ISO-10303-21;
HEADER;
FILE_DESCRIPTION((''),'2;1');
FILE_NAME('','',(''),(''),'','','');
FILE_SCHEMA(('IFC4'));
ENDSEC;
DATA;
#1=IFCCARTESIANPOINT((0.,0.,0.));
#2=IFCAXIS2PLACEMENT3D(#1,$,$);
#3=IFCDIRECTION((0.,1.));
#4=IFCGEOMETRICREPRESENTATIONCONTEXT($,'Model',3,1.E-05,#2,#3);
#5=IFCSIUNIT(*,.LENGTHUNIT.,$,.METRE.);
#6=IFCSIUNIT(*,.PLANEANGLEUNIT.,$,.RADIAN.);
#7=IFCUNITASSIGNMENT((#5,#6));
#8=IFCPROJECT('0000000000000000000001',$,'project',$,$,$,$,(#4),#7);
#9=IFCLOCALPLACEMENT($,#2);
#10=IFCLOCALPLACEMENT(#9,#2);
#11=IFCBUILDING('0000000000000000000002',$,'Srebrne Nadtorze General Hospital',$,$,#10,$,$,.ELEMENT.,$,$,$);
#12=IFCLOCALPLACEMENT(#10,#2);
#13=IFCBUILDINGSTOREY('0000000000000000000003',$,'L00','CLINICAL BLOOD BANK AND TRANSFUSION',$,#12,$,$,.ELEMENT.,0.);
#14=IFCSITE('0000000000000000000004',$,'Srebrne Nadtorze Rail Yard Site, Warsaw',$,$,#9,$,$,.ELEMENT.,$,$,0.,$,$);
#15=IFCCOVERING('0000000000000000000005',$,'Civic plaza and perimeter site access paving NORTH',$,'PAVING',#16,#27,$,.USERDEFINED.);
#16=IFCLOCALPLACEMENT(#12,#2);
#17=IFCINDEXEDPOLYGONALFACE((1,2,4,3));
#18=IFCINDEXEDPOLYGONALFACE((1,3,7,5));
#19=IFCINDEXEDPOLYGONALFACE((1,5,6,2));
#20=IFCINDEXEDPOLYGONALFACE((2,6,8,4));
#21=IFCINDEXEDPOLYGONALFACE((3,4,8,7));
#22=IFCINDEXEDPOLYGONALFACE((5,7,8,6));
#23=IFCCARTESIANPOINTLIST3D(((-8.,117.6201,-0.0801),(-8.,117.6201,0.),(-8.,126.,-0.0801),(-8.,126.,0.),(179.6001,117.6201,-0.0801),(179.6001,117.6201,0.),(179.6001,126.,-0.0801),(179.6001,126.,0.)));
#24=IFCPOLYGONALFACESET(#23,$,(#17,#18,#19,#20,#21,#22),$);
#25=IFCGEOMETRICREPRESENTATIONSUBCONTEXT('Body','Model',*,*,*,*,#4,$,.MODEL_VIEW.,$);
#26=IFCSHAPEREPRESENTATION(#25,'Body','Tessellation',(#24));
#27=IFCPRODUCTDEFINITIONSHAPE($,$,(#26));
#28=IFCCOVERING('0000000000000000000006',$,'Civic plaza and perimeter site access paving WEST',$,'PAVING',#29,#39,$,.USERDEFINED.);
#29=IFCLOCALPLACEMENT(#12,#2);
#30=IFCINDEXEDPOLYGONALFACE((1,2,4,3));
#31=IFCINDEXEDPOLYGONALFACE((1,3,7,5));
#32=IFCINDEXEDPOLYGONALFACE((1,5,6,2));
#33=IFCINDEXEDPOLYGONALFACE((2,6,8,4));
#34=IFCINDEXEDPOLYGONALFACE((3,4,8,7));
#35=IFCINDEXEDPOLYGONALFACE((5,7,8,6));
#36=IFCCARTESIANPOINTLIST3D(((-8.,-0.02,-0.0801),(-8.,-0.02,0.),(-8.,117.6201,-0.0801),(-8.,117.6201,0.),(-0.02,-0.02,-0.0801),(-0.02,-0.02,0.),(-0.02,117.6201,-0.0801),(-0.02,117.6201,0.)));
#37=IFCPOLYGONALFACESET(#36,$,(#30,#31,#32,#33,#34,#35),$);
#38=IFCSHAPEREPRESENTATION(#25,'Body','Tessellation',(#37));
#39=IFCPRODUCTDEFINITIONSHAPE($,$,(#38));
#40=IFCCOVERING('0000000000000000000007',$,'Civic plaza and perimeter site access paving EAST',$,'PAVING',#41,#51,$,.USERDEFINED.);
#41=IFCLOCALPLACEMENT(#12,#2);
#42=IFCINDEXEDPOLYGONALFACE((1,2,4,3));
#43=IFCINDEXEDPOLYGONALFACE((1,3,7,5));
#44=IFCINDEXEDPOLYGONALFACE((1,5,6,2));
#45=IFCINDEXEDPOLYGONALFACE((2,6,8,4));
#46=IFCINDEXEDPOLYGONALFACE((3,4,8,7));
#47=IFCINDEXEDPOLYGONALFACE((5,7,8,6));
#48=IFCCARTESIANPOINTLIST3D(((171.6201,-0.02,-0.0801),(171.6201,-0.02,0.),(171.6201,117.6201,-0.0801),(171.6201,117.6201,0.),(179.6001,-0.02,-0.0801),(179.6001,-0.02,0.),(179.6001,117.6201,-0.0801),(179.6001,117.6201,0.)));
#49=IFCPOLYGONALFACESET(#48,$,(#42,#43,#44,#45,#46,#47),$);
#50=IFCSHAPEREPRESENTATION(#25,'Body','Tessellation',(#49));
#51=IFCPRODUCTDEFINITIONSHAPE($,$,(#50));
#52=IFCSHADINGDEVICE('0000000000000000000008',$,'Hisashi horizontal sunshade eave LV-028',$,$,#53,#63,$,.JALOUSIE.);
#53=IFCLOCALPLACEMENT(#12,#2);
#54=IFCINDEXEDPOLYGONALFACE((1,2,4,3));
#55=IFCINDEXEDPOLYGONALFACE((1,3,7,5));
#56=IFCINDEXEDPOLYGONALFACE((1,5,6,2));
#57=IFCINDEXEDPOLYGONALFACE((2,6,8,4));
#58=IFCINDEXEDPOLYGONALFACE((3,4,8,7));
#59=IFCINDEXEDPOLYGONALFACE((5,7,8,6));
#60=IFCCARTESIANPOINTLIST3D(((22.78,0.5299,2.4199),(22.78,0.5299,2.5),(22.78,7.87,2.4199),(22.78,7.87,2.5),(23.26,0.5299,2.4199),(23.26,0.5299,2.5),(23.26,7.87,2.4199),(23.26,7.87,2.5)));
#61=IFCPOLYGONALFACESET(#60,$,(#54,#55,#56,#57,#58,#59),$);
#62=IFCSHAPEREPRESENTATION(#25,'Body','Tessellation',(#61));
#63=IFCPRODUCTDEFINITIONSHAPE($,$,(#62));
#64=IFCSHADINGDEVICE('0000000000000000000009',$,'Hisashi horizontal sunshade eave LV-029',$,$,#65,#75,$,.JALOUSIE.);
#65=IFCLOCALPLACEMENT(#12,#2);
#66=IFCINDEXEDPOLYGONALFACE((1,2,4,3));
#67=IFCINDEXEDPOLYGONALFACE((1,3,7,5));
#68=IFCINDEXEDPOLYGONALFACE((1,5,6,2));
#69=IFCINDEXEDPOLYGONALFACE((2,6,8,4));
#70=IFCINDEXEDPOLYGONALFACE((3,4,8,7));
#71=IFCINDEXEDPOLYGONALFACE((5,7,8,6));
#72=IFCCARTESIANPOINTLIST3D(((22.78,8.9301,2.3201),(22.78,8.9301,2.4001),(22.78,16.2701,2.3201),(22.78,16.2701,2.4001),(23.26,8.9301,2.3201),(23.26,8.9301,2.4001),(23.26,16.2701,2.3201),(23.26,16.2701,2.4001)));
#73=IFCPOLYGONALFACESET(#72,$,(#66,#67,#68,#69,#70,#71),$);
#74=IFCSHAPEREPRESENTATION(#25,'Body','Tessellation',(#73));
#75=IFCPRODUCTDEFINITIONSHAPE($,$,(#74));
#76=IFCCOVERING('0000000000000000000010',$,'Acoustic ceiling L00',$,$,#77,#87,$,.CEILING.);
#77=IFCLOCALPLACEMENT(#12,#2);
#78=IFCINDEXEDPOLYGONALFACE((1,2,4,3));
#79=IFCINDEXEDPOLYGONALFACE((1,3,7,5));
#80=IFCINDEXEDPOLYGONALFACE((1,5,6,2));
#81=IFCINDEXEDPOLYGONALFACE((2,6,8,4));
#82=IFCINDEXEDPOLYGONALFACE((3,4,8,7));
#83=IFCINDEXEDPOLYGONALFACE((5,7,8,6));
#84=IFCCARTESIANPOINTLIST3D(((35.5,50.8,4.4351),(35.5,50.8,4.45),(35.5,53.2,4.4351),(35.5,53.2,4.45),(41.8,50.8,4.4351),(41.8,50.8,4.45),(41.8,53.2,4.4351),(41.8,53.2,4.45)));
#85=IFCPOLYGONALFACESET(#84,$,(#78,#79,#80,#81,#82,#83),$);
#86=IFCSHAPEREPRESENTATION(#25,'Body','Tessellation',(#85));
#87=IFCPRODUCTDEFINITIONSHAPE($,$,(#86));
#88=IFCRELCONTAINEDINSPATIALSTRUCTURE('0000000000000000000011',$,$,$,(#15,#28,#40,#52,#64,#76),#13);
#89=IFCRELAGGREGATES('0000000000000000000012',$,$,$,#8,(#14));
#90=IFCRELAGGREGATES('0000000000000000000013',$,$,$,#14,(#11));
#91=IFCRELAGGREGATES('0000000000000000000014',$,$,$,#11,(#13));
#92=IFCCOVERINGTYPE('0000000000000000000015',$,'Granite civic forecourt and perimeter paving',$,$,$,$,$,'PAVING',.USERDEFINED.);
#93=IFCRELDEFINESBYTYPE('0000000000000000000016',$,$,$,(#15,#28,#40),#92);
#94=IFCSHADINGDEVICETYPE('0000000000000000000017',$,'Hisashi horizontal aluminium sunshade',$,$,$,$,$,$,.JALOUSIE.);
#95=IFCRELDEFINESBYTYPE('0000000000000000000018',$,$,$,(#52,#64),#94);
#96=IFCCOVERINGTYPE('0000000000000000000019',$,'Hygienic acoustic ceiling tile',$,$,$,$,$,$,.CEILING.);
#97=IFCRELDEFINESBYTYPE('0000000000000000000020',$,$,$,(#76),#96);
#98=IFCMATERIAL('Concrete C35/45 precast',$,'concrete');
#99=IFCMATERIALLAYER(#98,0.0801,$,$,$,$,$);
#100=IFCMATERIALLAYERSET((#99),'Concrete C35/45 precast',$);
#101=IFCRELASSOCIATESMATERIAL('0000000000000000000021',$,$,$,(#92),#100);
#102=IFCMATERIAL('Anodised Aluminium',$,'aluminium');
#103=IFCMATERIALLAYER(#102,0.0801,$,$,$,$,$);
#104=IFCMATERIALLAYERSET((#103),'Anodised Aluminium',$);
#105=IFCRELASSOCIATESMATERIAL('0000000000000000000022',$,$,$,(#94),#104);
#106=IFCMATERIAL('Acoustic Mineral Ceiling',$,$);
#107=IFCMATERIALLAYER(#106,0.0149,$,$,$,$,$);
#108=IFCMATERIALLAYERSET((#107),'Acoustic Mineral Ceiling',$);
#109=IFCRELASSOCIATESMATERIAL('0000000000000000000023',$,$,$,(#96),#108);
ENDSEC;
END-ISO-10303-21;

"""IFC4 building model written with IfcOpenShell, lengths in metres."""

from ifc_helpers import new_model, si_unit, direction, frame, origin, origin_2d, place, context, subcontext, project, spatial, polyline, rectangle, outline, extrude, material, layer, layer_set, type_object, element, save


model = new_model("IFC4")

# Units and contexts
model_context = context("Model", 3, precision=1e-05, world=origin(), true_north=direction((0.0, 1.0)))
body_context = subcontext(model_context, "Body", "Model", "MODEL_VIEW")
ifc_project = project(units=[si_unit("LENGTHUNIT", "METRE"), si_unit("PLANEANGLEUNIT", "RADIAN")], contexts=[model_context])

# Site, building, storey
site_placement = place(None, origin())
site = spatial("IfcSite", under=ifc_project, at=site_placement, Name="Srebrne Nadtorze Rail Yard Site, Warsaw", CompositionType="ELEMENT", RefElevation=0.0)
building_placement = place(site_placement, origin())
building = spatial("IfcBuilding", under=site, at=building_placement, Name="Srebrne Nadtorze General Hospital", CompositionType="ELEMENT")
storey_placement = place(building_placement, origin())
storey = spatial("IfcBuildingStorey", under=building, at=storey_placement, Name="L00", Description="CLINICAL BLOOD BANK AND TRANSFUSION", CompositionType="ELEMENT", Elevation=0.0)

# Coverings
ifc_material_1 = material(Name="Concrete C35/45 precast", Category="concrete")
ifc_layer_1 = layer(ifc_material_1, 0.0801)
ifc_layer_set_1 = layer_set([ifc_layer_1], Name="Concrete C35/45 precast")
covering_type_1 = type_object("IfcCoveringType", Name="Granite civic forecourt and perimeter paving", ElementType="PAVING", PredefinedType="USERDEFINED", material=ifc_layer_set_1)
covering_1_placement = place(storey_placement, frame((0.0, 0.0, -0.0801)))
element("IfcCovering", 1, at=covering_1_placement, inside=storey, type_object=covering_type_1, Name="Civic plaza and perimeter site access paving NORTH", ObjectType="PAVING", PredefinedType="USERDEFINED", context=body_context, shape_type="SweptSolid", body=[
    extrude(outline(polyline([(-8.0, 117.6201), (179.6001, 117.6201), (179.6001, 126.0), (-8.0, 126.0), (-8.0, 117.6201)])), origin(), (0.0, 0.0, 1.0), 0.0801),
])
covering_2_placement = place(storey_placement, frame((0.0, 0.0, -0.0801)))
element("IfcCovering", 2, at=covering_2_placement, inside=storey, type_object=covering_type_1, Name="Civic plaza and perimeter site access paving WEST", ObjectType="PAVING", PredefinedType="USERDEFINED", context=body_context, shape_type="SweptSolid", body=[
    extrude(outline(polyline([(-8.0, -0.02), (-0.02, -0.02), (-0.02, 117.6201), (-8.0, 117.6201), (-8.0, -0.02)])), origin(), (0.0, 0.0, 1.0), 0.0801),
])
covering_3_placement = place(storey_placement, frame((0.0, 0.0, -0.0801)))
element("IfcCovering", 3, at=covering_3_placement, inside=storey, type_object=covering_type_1, Name="Civic plaza and perimeter site access paving EAST", ObjectType="PAVING", PredefinedType="USERDEFINED", context=body_context, shape_type="SweptSolid", body=[
    extrude(outline(polyline([(171.6201, -0.02), (179.6001, -0.02), (179.6001, 117.6201), (171.6201, 117.6201), (171.6201, -0.02)])), origin(), (0.0, 0.0, 1.0), 0.0801),
])

# Shading devices
ifc_material_2 = material(Name="Anodised Aluminium", Category="aluminium")
ifc_layer_2 = layer(ifc_material_2, 0.0801)
ifc_layer_set_2 = layer_set([ifc_layer_2], Name="Anodised Aluminium")
shading_device_type = type_object("IfcShadingDeviceType", Name="Hisashi horizontal aluminium sunshade", PredefinedType="JALOUSIE", material=ifc_layer_set_2)
for number, where, z_axis, x_axis, name in (
    (4, (23.02, 4.2, 2.4199), (0.0, 0.0, 1.0), (1.0, 0.0, 0.0), "Hisashi horizontal sunshade eave LV-028"),
    (5, (23.02, 12.6001, 2.3201), (0.0, 0.0, 1.0), (1.0, 0.0, 0.0), "Hisashi horizontal sunshade eave LV-029"),
):
    element("IfcShadingDevice", number, at=place(storey_placement, frame(where, z_axis=z_axis, x_axis=x_axis)), inside=storey, type_object=shading_device_type, Name=name, PredefinedType="JALOUSIE", context=body_context, shape_type="SweptSolid", body=[
        extrude(rectangle(XDim=0.48, YDim=7.3401, at=origin_2d()), origin(), (0.0, 0.0, 1.0), 0.0801),
    ])

# Covering
ifc_material_3 = material(Name="Acoustic Mineral Ceiling")
ifc_layer_3 = layer(ifc_material_3, 0.0149)
ifc_layer_set_3 = layer_set([ifc_layer_3], Name="Acoustic Mineral Ceiling")
covering_type_2 = type_object("IfcCoveringType", Name="Hygienic acoustic ceiling tile", PredefinedType="CEILING", material=ifc_layer_set_3)
covering_4_placement = place(storey_placement, frame((0.0, 0.0, 4.4351)))
element("IfcCovering", 6, at=covering_4_placement, inside=storey, type_object=covering_type_2, Name="Acoustic ceiling L00", PredefinedType="CEILING", context=body_context, shape_type="SweptSolid", body=[
    extrude(outline(polyline([(35.5, 50.8), (41.8, 50.8), (41.8, 53.2), (35.5, 53.2), (35.5, 50.8)])), origin(), (0.0, 0.0, 1.0), 0.0149),
])

save(model, "model.ifc")
